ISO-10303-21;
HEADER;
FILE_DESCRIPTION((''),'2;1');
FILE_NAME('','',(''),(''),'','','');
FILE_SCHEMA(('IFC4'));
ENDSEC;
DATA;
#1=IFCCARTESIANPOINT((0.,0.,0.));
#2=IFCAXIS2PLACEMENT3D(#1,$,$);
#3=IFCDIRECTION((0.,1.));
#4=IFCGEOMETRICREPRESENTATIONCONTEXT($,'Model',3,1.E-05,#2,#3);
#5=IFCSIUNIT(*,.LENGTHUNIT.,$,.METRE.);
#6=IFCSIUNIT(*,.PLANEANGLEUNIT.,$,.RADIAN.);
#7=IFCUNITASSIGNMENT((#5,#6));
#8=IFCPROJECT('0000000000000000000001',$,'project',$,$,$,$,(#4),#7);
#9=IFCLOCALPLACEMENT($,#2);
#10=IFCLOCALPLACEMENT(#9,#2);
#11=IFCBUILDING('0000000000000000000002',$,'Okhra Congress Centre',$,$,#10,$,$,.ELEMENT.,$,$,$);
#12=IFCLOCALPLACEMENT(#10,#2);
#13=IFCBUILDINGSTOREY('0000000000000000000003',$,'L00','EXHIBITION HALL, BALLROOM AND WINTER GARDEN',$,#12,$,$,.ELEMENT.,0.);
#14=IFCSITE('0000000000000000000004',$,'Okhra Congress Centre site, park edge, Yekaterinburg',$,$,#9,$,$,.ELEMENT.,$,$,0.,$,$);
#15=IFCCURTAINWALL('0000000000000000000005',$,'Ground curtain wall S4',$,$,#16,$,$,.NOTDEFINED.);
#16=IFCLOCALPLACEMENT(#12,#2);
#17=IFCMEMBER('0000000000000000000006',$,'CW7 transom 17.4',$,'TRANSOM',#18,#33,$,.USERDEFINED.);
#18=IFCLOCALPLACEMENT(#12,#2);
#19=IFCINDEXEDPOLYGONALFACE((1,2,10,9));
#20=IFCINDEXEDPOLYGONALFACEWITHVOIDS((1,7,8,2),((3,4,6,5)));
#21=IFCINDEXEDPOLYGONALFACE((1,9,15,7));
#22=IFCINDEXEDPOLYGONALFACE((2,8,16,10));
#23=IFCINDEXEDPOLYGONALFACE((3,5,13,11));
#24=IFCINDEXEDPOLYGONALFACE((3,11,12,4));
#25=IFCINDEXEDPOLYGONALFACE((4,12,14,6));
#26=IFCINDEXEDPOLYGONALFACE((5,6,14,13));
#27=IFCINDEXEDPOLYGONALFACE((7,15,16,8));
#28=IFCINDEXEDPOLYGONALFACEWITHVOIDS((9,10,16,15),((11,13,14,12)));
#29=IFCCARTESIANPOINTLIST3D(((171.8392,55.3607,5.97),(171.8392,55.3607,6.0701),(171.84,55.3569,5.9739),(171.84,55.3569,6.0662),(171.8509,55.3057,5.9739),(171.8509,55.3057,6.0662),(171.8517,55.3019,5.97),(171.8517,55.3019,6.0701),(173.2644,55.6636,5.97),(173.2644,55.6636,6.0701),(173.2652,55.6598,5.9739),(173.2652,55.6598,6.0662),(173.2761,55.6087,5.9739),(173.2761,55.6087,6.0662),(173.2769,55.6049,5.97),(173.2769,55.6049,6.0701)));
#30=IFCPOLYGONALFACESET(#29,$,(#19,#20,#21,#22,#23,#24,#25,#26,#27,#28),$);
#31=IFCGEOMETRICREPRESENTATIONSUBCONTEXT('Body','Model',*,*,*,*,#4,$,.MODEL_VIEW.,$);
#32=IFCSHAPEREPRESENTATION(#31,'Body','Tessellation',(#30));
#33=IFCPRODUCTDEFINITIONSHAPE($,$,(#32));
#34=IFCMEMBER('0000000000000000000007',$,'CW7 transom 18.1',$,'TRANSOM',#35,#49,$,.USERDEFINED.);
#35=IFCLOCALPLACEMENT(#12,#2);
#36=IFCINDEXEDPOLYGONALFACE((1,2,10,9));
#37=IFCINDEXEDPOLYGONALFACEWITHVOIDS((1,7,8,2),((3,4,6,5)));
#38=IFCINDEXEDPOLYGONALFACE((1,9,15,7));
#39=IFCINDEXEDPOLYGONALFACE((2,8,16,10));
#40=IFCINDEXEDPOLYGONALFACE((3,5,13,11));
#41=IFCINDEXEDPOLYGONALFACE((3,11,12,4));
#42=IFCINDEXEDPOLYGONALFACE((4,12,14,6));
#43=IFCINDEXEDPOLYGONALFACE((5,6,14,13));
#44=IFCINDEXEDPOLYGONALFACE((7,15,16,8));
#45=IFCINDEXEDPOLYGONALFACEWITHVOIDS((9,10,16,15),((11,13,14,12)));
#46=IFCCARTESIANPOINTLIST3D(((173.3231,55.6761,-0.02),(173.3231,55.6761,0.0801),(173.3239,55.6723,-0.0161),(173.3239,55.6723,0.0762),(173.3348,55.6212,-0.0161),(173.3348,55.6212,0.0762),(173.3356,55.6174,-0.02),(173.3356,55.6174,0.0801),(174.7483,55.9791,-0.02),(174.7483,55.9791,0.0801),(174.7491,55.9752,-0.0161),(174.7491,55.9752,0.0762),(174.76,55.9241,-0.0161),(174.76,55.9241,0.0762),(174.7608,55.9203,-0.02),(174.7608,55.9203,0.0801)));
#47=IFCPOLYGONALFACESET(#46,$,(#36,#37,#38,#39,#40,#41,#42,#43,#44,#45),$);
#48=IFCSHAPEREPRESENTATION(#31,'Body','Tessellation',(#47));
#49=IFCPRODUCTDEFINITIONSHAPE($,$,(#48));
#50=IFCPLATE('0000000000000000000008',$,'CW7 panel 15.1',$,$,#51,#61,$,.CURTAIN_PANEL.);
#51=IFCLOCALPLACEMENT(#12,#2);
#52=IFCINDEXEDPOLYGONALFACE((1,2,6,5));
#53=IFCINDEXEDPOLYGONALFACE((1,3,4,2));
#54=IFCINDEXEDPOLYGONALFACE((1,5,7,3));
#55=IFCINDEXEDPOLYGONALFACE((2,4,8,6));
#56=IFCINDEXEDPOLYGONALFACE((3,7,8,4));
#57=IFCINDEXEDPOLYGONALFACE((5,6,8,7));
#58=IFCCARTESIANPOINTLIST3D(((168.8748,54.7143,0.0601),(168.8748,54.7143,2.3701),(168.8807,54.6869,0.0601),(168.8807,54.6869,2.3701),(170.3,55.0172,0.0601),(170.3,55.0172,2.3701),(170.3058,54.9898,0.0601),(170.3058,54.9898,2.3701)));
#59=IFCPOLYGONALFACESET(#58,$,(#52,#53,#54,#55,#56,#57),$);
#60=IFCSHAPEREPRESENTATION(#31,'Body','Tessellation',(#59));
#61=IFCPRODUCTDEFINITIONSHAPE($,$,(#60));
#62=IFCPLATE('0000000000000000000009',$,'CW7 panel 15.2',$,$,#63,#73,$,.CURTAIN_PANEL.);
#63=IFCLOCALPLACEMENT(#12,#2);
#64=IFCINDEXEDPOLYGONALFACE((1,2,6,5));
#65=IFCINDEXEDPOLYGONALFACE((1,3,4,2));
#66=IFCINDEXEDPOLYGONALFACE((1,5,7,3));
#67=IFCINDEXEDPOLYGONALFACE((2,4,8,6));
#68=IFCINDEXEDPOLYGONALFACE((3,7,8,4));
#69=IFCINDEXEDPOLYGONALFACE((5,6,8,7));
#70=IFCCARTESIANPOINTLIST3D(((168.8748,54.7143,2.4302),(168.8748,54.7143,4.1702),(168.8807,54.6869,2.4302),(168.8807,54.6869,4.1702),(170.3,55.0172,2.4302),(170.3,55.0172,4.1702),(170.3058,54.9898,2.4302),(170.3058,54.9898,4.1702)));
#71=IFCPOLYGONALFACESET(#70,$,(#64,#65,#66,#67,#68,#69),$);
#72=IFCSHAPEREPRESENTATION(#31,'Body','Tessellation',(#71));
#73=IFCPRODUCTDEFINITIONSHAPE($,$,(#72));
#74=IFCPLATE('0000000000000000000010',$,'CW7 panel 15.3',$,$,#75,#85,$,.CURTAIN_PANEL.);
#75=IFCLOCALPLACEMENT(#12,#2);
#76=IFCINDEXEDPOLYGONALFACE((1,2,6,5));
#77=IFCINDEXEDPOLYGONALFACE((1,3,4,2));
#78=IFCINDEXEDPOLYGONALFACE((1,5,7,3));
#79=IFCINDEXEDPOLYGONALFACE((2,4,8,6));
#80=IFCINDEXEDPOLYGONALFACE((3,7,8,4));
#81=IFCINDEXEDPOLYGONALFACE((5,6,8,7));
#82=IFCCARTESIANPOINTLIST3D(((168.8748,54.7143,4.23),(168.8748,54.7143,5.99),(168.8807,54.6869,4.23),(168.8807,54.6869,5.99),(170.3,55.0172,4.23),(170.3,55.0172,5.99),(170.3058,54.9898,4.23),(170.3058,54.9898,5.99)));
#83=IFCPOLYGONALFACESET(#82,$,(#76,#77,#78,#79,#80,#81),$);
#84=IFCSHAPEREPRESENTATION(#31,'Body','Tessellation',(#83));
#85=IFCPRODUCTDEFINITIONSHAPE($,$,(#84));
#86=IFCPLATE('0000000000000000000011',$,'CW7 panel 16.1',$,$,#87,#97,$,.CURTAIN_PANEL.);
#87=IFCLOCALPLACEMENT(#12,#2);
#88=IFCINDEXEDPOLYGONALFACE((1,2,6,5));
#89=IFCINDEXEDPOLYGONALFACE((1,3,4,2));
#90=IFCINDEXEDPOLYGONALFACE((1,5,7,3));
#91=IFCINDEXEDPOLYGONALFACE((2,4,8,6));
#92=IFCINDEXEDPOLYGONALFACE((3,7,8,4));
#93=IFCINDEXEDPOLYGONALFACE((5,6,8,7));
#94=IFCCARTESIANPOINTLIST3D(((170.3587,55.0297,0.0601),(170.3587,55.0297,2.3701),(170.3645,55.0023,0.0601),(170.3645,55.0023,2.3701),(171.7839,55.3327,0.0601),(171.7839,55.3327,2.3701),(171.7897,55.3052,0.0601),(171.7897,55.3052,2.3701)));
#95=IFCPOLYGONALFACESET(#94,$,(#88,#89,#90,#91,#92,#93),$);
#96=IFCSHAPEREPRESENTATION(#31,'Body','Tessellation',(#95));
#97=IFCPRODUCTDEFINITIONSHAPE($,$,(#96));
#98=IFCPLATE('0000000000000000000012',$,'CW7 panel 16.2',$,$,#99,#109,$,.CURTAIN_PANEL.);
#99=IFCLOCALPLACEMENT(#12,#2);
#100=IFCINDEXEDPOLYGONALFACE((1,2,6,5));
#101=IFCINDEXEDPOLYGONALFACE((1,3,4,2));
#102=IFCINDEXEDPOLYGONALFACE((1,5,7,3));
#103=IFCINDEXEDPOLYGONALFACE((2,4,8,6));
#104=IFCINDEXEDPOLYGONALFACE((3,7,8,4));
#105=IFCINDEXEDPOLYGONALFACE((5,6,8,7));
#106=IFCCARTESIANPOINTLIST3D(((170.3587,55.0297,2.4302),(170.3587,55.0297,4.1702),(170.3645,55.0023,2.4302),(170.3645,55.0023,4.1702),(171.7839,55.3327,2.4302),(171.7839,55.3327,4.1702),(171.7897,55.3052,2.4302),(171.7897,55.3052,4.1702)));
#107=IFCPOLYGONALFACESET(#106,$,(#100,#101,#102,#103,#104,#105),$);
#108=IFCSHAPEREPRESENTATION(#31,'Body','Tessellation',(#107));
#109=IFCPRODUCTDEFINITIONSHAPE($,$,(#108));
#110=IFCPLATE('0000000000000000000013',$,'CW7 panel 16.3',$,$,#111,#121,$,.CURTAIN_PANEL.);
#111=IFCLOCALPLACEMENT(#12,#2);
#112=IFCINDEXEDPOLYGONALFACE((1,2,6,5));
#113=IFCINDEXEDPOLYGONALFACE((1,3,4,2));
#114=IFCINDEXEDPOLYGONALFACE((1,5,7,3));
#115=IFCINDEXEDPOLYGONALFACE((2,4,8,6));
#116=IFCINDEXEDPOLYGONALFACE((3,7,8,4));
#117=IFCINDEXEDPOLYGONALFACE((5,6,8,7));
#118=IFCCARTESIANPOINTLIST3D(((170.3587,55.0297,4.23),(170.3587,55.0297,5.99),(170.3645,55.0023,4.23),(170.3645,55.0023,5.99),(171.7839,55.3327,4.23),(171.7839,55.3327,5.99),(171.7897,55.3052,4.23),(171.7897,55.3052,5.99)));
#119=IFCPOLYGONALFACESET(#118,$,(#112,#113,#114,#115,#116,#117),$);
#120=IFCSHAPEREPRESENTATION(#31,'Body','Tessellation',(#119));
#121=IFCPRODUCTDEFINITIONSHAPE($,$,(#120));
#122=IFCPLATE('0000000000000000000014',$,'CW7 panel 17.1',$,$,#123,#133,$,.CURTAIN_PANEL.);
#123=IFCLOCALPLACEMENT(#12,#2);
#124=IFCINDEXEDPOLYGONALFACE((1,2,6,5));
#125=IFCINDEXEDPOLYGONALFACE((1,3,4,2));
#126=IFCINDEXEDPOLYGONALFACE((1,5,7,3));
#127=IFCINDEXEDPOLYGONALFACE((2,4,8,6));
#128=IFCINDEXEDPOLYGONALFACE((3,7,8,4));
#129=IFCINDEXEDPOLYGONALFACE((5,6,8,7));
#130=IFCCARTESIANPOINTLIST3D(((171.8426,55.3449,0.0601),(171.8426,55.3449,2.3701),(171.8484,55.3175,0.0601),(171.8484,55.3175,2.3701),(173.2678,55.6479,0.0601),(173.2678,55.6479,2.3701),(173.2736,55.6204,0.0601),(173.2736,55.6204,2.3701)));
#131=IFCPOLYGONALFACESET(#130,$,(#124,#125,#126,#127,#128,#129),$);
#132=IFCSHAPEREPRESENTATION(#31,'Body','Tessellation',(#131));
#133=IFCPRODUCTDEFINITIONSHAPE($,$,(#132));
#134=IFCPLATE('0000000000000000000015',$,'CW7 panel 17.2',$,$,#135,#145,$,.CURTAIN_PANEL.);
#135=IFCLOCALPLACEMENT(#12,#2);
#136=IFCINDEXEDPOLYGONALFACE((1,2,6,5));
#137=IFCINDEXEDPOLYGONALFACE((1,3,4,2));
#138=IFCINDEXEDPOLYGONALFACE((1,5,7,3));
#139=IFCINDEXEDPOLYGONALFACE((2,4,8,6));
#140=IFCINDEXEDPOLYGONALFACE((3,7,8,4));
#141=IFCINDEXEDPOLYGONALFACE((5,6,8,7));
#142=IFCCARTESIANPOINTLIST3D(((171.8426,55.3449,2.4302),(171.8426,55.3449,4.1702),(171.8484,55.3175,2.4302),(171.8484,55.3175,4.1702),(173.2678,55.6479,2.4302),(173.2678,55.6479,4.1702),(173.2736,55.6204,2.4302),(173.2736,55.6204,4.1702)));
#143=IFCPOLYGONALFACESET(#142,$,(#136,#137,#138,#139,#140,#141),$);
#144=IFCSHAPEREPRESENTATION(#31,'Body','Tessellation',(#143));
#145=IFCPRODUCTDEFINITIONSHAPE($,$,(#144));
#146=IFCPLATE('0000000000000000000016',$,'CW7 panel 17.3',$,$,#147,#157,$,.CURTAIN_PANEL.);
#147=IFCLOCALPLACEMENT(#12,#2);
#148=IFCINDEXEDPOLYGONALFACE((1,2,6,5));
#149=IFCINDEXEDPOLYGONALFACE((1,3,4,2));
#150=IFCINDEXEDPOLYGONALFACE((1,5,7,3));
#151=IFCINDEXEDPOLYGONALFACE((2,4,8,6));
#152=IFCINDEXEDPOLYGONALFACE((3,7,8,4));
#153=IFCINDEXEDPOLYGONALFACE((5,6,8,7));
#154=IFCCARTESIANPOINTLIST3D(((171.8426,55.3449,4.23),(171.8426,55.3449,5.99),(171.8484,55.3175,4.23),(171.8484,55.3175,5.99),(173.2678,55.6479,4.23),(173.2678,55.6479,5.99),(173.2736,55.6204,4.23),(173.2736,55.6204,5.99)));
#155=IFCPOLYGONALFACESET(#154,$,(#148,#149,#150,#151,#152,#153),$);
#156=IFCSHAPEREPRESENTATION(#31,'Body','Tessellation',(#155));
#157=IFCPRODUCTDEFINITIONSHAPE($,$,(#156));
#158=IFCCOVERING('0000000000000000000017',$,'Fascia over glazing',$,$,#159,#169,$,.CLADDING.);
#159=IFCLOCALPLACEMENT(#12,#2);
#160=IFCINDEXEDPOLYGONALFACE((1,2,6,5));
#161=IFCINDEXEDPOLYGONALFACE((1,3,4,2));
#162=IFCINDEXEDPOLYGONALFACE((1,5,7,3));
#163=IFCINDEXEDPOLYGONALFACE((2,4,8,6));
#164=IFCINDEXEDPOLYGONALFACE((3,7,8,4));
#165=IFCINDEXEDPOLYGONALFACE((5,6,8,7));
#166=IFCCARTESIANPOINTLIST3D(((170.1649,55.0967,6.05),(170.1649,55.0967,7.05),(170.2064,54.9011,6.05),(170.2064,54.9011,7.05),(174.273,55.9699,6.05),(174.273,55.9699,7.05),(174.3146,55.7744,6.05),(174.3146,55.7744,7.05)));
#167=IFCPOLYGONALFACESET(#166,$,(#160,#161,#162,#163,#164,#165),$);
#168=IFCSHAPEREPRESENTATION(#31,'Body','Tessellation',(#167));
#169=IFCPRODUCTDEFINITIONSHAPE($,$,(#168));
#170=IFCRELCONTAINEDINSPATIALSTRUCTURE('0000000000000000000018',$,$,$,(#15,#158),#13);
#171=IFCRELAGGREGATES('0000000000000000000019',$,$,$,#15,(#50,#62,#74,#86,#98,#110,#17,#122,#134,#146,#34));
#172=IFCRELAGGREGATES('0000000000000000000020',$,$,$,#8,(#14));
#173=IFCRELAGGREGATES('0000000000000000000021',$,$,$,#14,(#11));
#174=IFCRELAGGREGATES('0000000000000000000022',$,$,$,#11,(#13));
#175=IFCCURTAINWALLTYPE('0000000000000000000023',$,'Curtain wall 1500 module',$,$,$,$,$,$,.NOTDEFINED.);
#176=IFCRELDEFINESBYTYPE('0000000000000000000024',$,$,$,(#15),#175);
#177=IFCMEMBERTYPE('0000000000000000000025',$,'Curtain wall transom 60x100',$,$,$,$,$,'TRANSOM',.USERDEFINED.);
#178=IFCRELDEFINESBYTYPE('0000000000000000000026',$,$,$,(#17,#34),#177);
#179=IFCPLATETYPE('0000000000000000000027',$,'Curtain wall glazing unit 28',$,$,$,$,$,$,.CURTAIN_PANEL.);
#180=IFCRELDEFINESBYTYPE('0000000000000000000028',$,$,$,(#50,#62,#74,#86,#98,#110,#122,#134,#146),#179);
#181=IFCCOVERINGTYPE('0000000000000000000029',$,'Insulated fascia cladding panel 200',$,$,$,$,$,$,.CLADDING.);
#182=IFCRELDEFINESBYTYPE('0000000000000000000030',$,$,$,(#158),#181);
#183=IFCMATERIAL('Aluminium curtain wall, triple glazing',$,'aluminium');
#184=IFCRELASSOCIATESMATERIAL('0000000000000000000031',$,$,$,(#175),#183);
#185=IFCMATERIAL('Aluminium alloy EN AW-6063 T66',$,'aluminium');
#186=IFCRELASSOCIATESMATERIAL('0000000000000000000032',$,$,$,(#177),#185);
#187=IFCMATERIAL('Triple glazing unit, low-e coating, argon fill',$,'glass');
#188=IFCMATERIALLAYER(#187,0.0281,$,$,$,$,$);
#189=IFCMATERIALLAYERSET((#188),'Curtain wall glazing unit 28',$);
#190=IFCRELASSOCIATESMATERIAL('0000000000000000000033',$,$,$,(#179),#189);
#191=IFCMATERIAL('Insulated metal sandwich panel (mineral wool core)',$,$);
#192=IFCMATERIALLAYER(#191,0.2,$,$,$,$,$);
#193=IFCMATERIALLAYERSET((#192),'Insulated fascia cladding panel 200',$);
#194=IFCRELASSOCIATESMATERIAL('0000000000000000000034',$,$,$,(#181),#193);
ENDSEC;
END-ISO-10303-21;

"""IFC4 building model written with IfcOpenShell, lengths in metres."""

from ifc_helpers import new_model, si_unit, direction, frame, origin, origin_2d, place, context, subcontext, project, spatial, rectangle, hollow_rectangle, extrude, material, layer, layer_set, material_profile, profile_set, type_object, element, aggregate, save


model = new_model("IFC4")

# Units and contexts
model_context = context("Model", 3, precision=1e-05, world=origin(), true_north=direction((0.0, 1.0)))
body_context = subcontext(model_context, "Body", "Model", "MODEL_VIEW")
ifc_project = project(units=[si_unit("LENGTHUNIT", "METRE"), si_unit("PLANEANGLEUNIT", "RADIAN")], contexts=[model_context])

# Site, building, storey
site_placement = place(None, origin())
site = spatial("IfcSite", under=ifc_project, at=site_placement, Name="Okhra Congress Centre site, park edge, Yekaterinburg", CompositionType="ELEMENT", RefElevation=0.0)
building_placement = place(site_placement, origin())
building = spatial("IfcBuilding", under=site, at=building_placement, Name="Okhra Congress Centre", CompositionType="ELEMENT")
storey_placement = place(building_placement, origin())
storey = spatial("IfcBuildingStorey", under=building, at=storey_placement, Name="L00", Description="EXHIBITION HALL, BALLROOM AND WINTER GARDEN", CompositionType="ELEMENT", Elevation=0.0)

# Curtain wall, members, plates
ifc_material_1 = material(Name="Aluminium curtain wall, triple glazing", Category="aluminium")
curtain_wall_type = type_object("IfcCurtainWallType", Name="Curtain wall 1500 module", PredefinedType="NOTDEFINED", material=ifc_material_1)
curtain_wall_placement = place(storey_placement, origin())
curtain_wall = element("IfcCurtainWall", 1, at=curtain_wall_placement, inside=storey, type_object=curtain_wall_type, Name="Ground curtain wall S4", PredefinedType="NOTDEFINED")
ifc_material_2 = material(Name="Aluminium alloy EN AW-6063 T66", Category="aluminium")
ifc_material_profile_1 = material_profile(ifc_material_2, hollow_rectangle(XDim=0.0601, YDim=0.1001, WallThickness=0.0039, at=origin_2d()), Name="RHS 60x100x4")
ifc_profile_set_1 = profile_set([ifc_material_profile_1], Name="Aluminium alloy EN AW-6063 T66")
member_type_1 = type_object("IfcMemberType", Name="Curtain wall transom 60x100", ElementType="TRANSOM", PredefinedType="USERDEFINED", material=ifc_profile_set_1)
member_1_placement = place(storey_placement, frame((171.8455, 55.3313, 6.02), z_axis=(0.978144, 0.207927, 0.0), x_axis=(-0.207927, 0.978144, 0.0)))
member_1 = element("IfcMember", 2, at=member_1_placement, type_object=member_type_1, Name="CW7 transom 17.4", ObjectType="TRANSOM", PredefinedType="USERDEFINED", context=body_context, shape_type="SweptSolid", body=[
    extrude(hollow_rectangle(XDim=0.0601, YDim=0.1001, WallThickness=0.0039, at=origin_2d()), origin(), (0.0, 0.0, 1.0), 1.457),
])
member_2_placement = place(storey_placement, frame((173.3293, 55.6467, 0.03), z_axis=(0.978144, 0.207927, 0.0), x_axis=(-0.207927, 0.978144, 0.0)))
member_2 = element("IfcMember", 3, at=member_2_placement, type_object=member_type_1, Name="CW7 transom 18.1", ObjectType="TRANSOM", PredefinedType="USERDEFINED", context=body_context, shape_type="SweptSolid", body=[
    extrude(hollow_rectangle(XDim=0.0601, YDim=0.1001, WallThickness=0.0039, at=origin_2d()), origin(), (0.0, 0.0, 1.0), 1.457),
])
ifc_material_3 = material(Name="Triple glazing unit, low-e coating, argon fill", Category="glass")
ifc_layer_1 = layer(ifc_material_3, 0.0281)
ifc_layer_set_1 = layer_set([ifc_layer_1], Name="Curtain wall glazing unit 28")
plate_type = type_object("IfcPlateType", Name="Curtain wall glazing unit 28", PredefinedType="CURTAIN_PANEL", material=ifc_layer_set_1)
plate_1_placement = place(storey_placement, frame((169.5903, 54.8521, 0.0601), z_axis=(0.0, 0.0, 1.0), x_axis=(0.978148, 0.207912, 0.0)))
plate_1 = element("IfcPlate", 4, at=plate_1_placement, type_object=plate_type, Name="CW7 panel 15.1", PredefinedType="CURTAIN_PANEL", context=body_context, shape_type="SweptSolid", body=[
    extrude(rectangle(XDim=1.457, YDim=0.0281, at=origin_2d()), origin(), (0.0, 0.0, 1.0), 2.3101),
])
plate_2_placement = place(storey_placement, frame((169.5903, 54.8521, 2.4302), z_axis=(0.0, 0.0, 1.0), x_axis=(0.978148, 0.207912, 0.0)))
plate_2 = element("IfcPlate", 5, at=plate_2_placement, type_object=plate_type, Name="CW7 panel 15.2", PredefinedType="CURTAIN_PANEL", context=body_context, shape_type="SweptSolid", body=[
    extrude(rectangle(XDim=1.457, YDim=0.0281, at=origin_2d()), origin(), (0.0, 0.0, 1.0), 1.74),
])
plate_3_placement = place(storey_placement, frame((169.5903, 54.8521, 4.23), z_axis=(0.0, 0.0, 1.0), x_axis=(0.978148, 0.207912, 0.0)))
plate_3 = element("IfcPlate", 6, at=plate_3_placement, type_object=plate_type, Name="CW7 panel 15.3", PredefinedType="CURTAIN_PANEL", context=body_context, shape_type="SweptSolid", body=[
    extrude(rectangle(XDim=1.457, YDim=0.0281, at=origin_2d()), origin(), (0.0, 0.0, 1.0), 1.76),
])
plate_4_placement = place(storey_placement, frame((171.0742, 55.1675, 0.0601), z_axis=(0.0, 0.0, 1.0), x_axis=(0.978148, 0.207912, 0.0)))
plate_4 = element("IfcPlate", 7, at=plate_4_placement, type_object=plate_type, Name="CW7 panel 16.1", PredefinedType="CURTAIN_PANEL", context=body_context, shape_type="SweptSolid", body=[
    extrude(rectangle(XDim=1.457, YDim=0.0281, at=origin_2d()), origin(), (0.0, 0.0, 1.0), 2.3101),
])
plate_5_placement = place(storey_placement, frame((171.0742, 55.1675, 2.4302), z_axis=(0.0, 0.0, 1.0), x_axis=(0.978148, 0.207912, 0.0)))
plate_5 = element("IfcPlate", 8, at=plate_5_placement, type_object=plate_type, Name="CW7 panel 16.2", PredefinedType="CURTAIN_PANEL", context=body_context, shape_type="SweptSolid", body=[
    extrude(rectangle(XDim=1.457, YDim=0.0281, at=origin_2d()), origin(), (0.0, 0.0, 1.0), 1.74),
])
plate_6_placement = place(storey_placement, frame((171.0742, 55.1675, 4.23), z_axis=(0.0, 0.0, 1.0), x_axis=(0.978148, 0.207912, 0.0)))
plate_6 = element("IfcPlate", 9, at=plate_6_placement, type_object=plate_type, Name="CW7 panel 16.3", PredefinedType="CURTAIN_PANEL", context=body_context, shape_type="SweptSolid", body=[
    extrude(rectangle(XDim=1.457, YDim=0.0281, at=origin_2d()), origin(), (0.0, 0.0, 1.0), 1.76),
])
plate_7_placement = place(storey_placement, frame((172.5581, 55.4827, 0.0601), z_axis=(0.0, 0.0, 1.0), x_axis=(0.978148, 0.207912, 0.0)))
plate_7 = element("IfcPlate", 10, at=plate_7_placement, type_object=plate_type, Name="CW7 panel 17.1", PredefinedType="CURTAIN_PANEL", context=body_context, shape_type="SweptSolid", body=[
    extrude(rectangle(XDim=1.457, YDim=0.0281, at=origin_2d()), origin(), (0.0, 0.0, 1.0), 2.3101),
])
plate_8_placement = place(storey_placement, frame((172.5581, 55.4827, 2.4302), z_axis=(0.0, 0.0, 1.0), x_axis=(0.978148, 0.207912, 0.0)))
plate_8 = element("IfcPlate", 11, at=plate_8_placement, type_object=plate_type, Name="CW7 panel 17.2", PredefinedType="CURTAIN_PANEL", context=body_context, shape_type="SweptSolid", body=[
    extrude(rectangle(XDim=1.457, YDim=0.0281, at=origin_2d()), origin(), (0.0, 0.0, 1.0), 1.74),
])
plate_9_placement = place(storey_placement, frame((172.5581, 55.4827, 4.23), z_axis=(0.0, 0.0, 1.0), x_axis=(0.978148, 0.207912, 0.0)))
plate_9 = element("IfcPlate", 12, at=plate_9_placement, type_object=plate_type, Name="CW7 panel 17.3", PredefinedType="CURTAIN_PANEL", context=body_context, shape_type="SweptSolid", body=[
    extrude(rectangle(XDim=1.457, YDim=0.0281, at=origin_2d()), origin(), (0.0, 0.0, 1.0), 1.76),
])
aggregate(curtain_wall, [plate_1, plate_2, plate_3, plate_4, plate_5, plate_6, member_1, plate_7, plate_8, plate_9, member_2])

# Covering
ifc_material_4 = material(Name="Insulated metal sandwich panel (mineral wool core)")
ifc_layer_2 = layer(ifc_material_4, 0.2)
ifc_layer_set_2 = layer_set([ifc_layer_2], Name="Insulated fascia cladding panel 200")
covering_type = type_object("IfcCoveringType", Name="Insulated fascia cladding panel 200", PredefinedType="CLADDING", material=ifc_layer_set_2)
covering_placement = place(storey_placement, frame((172.2397, 55.4355, 6.05), z_axis=(0.0, 0.0, 1.0), x_axis=(0.978148, 0.207912, 0.0)))
element("IfcCovering", 13, at=covering_placement, inside=storey, type_object=covering_type, Name="Fascia over glazing", PredefinedType="CLADDING", context=body_context, shape_type="SweptSolid", body=[
    extrude(rectangle(XDim=4.2, YDim=0.2, at=origin_2d()), origin(), (0.0, 0.0, 1.0), 1.0),
])

save(model, "model.ifc")
